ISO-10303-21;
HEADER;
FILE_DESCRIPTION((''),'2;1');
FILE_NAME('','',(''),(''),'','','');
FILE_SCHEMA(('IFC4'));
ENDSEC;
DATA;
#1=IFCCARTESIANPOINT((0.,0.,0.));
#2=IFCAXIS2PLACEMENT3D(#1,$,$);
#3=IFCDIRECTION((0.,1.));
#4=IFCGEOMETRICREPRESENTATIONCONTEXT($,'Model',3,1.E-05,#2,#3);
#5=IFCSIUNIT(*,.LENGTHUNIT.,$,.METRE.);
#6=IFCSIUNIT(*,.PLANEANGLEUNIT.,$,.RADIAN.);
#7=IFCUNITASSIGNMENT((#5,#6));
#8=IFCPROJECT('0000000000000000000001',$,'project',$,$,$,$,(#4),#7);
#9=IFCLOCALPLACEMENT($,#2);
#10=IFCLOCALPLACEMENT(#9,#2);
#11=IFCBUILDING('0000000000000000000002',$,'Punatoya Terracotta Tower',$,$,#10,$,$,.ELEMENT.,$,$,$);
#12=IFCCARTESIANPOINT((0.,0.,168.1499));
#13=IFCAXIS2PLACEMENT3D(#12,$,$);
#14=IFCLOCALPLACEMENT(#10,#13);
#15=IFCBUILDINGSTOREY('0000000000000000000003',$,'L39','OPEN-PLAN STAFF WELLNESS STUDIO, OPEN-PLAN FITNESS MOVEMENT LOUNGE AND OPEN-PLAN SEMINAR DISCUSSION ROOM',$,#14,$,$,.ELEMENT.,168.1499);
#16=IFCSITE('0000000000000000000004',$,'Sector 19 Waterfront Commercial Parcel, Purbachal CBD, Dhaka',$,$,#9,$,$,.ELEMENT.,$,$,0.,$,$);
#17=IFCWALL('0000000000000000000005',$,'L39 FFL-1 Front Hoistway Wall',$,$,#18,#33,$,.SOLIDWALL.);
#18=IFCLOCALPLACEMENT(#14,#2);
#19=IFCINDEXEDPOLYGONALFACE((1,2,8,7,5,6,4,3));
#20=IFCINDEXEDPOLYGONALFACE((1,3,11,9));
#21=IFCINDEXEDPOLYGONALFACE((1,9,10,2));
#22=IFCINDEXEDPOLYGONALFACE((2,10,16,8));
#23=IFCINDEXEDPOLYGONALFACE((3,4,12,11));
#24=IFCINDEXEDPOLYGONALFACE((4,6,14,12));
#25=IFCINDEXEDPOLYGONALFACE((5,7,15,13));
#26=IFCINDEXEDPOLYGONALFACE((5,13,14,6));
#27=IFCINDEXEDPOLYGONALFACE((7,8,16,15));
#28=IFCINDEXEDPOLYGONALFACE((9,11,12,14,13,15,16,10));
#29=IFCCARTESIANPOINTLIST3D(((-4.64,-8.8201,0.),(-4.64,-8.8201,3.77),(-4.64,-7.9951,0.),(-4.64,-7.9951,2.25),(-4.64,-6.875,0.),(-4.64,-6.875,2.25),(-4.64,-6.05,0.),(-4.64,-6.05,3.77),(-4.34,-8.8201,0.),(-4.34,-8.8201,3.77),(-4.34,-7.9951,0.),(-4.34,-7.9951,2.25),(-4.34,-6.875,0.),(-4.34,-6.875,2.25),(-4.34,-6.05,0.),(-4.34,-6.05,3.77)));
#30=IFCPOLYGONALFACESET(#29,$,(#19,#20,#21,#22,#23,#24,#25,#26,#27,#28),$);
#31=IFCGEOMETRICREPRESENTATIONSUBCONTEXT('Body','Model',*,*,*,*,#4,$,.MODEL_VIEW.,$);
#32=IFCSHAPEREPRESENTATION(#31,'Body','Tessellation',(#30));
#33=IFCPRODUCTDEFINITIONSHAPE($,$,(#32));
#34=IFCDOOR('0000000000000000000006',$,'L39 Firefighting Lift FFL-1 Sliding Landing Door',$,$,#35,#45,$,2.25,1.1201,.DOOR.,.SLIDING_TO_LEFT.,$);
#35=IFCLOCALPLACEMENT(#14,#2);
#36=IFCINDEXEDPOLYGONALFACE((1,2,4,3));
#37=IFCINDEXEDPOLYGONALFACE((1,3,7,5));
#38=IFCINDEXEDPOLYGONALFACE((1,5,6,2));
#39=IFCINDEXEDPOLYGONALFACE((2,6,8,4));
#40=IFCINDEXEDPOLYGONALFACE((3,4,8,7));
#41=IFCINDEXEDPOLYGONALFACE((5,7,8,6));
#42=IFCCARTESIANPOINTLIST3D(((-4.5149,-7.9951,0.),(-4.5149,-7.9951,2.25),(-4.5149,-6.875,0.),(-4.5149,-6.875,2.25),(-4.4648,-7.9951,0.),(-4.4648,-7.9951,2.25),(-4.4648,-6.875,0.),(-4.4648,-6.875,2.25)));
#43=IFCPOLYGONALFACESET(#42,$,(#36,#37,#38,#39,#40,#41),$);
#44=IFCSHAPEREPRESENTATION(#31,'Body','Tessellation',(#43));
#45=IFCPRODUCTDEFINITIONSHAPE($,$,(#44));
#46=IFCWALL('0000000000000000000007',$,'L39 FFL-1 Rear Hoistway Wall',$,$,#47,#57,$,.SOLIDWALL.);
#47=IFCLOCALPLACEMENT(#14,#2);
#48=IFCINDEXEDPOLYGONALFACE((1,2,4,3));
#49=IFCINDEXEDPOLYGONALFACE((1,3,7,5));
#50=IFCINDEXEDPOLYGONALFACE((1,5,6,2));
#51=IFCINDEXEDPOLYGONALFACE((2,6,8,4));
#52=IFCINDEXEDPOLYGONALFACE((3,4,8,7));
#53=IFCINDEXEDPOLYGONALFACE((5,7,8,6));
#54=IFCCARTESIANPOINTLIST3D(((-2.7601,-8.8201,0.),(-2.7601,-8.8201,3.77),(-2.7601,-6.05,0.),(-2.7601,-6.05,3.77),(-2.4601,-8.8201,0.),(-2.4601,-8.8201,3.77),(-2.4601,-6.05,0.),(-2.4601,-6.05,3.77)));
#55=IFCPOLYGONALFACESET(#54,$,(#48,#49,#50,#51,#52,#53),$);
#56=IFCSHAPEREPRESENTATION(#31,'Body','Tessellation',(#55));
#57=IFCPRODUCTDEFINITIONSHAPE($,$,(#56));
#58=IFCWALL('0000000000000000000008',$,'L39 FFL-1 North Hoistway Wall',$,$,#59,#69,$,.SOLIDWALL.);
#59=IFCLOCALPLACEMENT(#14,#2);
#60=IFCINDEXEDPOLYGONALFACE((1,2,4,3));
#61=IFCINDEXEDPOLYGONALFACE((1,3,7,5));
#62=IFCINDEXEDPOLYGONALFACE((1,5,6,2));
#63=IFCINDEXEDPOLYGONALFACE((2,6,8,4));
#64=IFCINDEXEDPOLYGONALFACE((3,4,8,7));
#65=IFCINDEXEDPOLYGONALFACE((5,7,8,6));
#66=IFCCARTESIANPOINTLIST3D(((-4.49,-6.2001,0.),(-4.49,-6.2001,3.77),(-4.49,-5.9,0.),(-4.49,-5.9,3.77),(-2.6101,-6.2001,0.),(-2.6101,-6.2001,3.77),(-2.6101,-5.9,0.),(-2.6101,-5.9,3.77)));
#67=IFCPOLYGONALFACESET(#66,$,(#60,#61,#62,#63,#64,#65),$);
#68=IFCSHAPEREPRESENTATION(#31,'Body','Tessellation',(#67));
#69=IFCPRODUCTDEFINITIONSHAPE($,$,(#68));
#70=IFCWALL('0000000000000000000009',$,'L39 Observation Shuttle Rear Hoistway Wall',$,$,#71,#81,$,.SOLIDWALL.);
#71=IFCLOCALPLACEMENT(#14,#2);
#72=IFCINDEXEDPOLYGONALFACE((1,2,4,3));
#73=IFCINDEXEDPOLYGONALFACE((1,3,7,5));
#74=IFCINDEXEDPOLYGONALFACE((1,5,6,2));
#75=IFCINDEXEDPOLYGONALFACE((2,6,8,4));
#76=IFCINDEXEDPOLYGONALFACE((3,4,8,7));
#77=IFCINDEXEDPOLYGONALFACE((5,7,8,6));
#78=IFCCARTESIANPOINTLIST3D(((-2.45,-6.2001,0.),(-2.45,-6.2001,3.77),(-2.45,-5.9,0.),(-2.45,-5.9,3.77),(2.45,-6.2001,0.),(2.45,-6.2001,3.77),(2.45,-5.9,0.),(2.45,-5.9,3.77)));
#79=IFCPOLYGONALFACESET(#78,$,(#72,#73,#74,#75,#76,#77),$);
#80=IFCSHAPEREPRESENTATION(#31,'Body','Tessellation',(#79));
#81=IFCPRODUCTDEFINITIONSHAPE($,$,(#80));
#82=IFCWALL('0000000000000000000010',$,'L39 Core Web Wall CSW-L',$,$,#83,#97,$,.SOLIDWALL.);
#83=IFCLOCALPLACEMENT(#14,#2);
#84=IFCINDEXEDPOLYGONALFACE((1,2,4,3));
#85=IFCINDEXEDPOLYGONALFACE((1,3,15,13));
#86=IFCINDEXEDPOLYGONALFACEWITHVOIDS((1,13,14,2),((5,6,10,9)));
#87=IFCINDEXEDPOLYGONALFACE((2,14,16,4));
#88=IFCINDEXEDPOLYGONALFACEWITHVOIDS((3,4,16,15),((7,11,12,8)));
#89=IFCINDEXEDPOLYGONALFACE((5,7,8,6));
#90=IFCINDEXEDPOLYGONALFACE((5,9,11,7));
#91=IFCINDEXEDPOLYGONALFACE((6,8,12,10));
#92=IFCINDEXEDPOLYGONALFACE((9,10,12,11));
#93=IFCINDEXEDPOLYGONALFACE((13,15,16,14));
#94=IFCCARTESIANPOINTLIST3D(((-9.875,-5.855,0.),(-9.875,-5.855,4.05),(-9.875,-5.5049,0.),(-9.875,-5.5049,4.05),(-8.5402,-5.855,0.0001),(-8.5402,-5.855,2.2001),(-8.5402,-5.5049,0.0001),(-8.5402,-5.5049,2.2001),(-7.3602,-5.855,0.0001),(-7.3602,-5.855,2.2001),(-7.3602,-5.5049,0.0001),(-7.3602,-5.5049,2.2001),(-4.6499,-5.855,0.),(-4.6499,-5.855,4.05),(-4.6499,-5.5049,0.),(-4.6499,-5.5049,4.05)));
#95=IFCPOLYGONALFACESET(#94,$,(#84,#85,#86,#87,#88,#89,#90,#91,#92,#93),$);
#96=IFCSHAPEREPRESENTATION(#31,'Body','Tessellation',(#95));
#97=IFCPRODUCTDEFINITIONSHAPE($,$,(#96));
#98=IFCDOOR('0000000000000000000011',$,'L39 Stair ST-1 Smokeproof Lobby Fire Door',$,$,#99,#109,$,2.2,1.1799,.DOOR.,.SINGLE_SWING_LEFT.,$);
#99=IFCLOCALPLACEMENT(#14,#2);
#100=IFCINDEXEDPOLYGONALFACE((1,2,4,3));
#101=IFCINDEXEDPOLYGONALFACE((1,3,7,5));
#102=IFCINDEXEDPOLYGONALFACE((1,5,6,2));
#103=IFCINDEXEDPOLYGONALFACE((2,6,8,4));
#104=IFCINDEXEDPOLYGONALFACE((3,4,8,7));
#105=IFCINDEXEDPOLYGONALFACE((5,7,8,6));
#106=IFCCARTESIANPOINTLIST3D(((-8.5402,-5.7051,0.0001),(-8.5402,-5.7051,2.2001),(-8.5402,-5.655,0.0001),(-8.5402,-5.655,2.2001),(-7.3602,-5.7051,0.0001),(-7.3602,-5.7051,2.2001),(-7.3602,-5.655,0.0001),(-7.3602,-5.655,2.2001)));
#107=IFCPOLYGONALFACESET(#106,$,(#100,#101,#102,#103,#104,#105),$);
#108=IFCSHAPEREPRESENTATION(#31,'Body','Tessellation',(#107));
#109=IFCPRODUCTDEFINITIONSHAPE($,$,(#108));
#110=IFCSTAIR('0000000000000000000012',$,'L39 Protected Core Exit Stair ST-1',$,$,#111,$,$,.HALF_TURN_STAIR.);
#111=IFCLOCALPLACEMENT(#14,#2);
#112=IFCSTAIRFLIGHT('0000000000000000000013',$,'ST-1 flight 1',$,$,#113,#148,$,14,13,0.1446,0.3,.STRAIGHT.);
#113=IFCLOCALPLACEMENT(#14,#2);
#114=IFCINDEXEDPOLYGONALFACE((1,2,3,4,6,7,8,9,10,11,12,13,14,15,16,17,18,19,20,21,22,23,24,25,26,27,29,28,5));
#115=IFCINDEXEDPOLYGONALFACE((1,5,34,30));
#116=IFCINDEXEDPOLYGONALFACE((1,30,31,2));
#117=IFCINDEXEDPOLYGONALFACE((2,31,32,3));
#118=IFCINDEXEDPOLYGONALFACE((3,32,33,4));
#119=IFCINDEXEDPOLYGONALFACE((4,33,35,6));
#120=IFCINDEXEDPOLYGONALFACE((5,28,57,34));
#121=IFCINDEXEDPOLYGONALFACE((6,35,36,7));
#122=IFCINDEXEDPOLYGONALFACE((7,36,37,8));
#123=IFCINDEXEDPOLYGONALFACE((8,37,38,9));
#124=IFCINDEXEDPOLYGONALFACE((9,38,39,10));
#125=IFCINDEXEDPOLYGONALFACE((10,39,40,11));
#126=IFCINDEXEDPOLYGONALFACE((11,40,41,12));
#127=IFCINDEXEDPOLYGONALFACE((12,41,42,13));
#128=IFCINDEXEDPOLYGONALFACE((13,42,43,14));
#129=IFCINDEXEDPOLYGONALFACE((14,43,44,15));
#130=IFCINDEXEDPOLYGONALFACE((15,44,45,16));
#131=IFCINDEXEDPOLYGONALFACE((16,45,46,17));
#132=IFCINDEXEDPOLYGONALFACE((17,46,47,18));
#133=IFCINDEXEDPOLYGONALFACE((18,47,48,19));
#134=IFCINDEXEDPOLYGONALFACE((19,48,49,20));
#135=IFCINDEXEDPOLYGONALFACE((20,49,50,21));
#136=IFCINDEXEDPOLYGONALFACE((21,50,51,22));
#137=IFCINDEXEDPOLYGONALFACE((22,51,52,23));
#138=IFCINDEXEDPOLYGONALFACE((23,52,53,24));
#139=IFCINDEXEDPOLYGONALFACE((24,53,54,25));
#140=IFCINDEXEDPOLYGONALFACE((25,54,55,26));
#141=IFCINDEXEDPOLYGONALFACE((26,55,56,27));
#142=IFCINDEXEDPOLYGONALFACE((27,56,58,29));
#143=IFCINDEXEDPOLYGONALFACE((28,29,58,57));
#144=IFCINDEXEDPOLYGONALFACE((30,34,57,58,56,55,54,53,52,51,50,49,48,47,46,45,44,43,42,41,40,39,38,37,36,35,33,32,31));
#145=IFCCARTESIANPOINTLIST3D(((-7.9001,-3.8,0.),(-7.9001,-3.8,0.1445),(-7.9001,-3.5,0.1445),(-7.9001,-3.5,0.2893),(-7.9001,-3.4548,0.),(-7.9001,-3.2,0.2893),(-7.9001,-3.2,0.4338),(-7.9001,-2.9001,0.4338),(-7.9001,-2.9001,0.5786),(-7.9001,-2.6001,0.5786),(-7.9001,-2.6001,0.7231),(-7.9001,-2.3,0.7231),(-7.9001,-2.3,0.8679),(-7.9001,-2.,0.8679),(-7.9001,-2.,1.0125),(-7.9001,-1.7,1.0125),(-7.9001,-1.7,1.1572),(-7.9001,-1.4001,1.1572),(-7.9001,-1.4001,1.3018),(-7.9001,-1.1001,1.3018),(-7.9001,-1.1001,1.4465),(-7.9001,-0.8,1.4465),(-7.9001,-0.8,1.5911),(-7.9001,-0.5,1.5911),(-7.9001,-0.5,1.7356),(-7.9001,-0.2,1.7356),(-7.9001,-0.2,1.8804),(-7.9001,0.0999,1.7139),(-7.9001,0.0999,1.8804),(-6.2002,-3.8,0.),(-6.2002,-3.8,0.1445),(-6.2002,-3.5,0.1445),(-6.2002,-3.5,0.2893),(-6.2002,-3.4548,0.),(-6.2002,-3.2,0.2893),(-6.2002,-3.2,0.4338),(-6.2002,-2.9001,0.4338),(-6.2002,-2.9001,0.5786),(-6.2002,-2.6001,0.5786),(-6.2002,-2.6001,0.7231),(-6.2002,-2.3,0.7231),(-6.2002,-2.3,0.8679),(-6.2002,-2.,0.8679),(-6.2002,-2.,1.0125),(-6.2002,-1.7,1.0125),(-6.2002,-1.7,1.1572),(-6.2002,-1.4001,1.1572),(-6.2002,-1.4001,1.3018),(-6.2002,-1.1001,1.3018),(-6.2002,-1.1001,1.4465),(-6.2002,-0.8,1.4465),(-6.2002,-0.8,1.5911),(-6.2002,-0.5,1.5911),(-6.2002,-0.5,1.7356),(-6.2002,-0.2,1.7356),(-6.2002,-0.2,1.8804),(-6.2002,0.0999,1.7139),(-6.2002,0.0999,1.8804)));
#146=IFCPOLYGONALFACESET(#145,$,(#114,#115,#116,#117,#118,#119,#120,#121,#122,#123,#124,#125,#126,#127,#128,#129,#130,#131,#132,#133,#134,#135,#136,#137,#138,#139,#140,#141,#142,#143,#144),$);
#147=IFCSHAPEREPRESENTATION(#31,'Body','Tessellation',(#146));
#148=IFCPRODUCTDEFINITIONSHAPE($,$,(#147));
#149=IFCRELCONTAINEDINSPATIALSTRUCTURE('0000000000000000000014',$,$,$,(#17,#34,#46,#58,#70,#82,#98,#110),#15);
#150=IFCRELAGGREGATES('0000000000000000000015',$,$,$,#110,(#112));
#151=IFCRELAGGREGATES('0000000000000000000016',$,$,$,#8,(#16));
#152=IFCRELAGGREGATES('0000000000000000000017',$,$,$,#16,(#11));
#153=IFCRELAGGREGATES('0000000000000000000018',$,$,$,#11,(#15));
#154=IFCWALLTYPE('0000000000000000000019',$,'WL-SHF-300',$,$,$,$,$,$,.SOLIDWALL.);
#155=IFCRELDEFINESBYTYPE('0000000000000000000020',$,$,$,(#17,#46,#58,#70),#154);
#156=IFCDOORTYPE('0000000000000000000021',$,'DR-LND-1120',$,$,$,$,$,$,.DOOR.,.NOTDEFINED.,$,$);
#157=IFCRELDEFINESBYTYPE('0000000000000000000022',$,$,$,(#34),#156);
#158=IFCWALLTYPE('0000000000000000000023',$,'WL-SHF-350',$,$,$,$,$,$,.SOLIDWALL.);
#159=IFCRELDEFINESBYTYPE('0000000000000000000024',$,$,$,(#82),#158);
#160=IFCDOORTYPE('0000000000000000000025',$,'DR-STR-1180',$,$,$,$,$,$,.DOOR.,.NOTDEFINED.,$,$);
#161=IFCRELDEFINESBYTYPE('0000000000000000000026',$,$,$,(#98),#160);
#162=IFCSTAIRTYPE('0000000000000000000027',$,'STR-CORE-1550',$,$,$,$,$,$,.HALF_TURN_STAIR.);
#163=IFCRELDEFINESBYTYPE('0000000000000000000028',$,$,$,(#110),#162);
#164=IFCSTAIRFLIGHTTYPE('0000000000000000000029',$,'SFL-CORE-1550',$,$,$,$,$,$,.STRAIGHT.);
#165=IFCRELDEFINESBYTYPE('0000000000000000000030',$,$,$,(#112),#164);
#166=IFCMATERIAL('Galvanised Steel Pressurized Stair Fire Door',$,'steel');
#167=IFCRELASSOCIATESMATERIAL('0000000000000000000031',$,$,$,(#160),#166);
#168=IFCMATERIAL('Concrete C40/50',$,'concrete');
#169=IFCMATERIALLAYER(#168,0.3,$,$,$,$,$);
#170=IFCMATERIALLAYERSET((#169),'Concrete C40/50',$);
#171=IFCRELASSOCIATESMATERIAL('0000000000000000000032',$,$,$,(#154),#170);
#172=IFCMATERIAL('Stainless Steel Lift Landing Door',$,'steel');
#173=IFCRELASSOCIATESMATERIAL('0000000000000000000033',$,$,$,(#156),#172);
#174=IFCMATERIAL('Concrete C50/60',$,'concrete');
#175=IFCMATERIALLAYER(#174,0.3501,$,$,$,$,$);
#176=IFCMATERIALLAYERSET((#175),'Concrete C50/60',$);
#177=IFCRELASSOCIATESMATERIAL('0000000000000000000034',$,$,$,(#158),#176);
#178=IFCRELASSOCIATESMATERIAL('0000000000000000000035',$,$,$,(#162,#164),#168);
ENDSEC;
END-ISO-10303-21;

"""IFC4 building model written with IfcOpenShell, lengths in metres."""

from ifc_helpers import new_model, si_unit, direction, frame, frame_2d, origin, place, context, subcontext, project, spatial, polyline, rectangle, outline, extrude, material, layer, layer_set, type_object, element, fill, aggregate, save


model = new_model("IFC4")

# Units and contexts
model_context = context("Model", 3, precision=1e-05, world=origin(), true_north=direction((0.0, 1.0)))
body_context = subcontext(model_context, "Body", "Model", "MODEL_VIEW")
ifc_project = project(units=[si_unit("LENGTHUNIT", "METRE"), si_unit("PLANEANGLEUNIT", "RADIAN")], contexts=[model_context])

# Site, building, storey
site_placement = place(None, origin())
site = spatial("IfcSite", under=ifc_project, at=site_placement, Name="Sector 19 Waterfront Commercial Parcel, Purbachal CBD, Dhaka", CompositionType="ELEMENT", RefElevation=0.0)
building_placement = place(site_placement, origin())
building = spatial("IfcBuilding", under=site, at=building_placement, Name="Punatoya Terracotta Tower", CompositionType="ELEMENT")
storey_placement = place(building_placement, frame((0.0, 0.0, 168.1499)))
storey = spatial("IfcBuildingStorey", under=building, at=storey_placement, Name="L39", Description="OPEN-PLAN STAFF WELLNESS STUDIO, OPEN-PLAN FITNESS MOVEMENT LOUNGE AND OPEN-PLAN SEMINAR DISCUSSION ROOM", CompositionType="ELEMENT", Elevation=168.1499)

# Shared definitions
ifc_material_1 = material(Name="Galvanised Steel Pressurized Stair Fire Door", Category="steel")
door_type_1 = type_object("IfcDoorType", Name="DR-STR-1180", OperationType="NOTDEFINED", PredefinedType="DOOR", material=ifc_material_1)

# Shared definitions
ifc_material_2 = material(Name="Concrete C40/50", Category="concrete")

# Shared definitions
ifc_layer_1 = layer(ifc_material_2, 0.3)
ifc_layer_set_1 = layer_set([ifc_layer_1], Name="Concrete C40/50")
wall_type_1 = type_object("IfcWallType", Name="WL-SHF-300", PredefinedType="SOLIDWALL", material=ifc_layer_set_1)

# Wall, opening, door
wall_1_placement = place(storey_placement, frame((-4.49, -8.8201, 0.0), z_axis=(0.0, 0.0, 1.0), x_axis=(0.0, 1.0, 0.0)))
wall_1 = element("IfcWall", 1, at=wall_1_placement, inside=storey, type_object=wall_type_1, Name="L39 FFL-1 Front Hoistway Wall", PredefinedType="SOLIDWALL", context=body_context, shape_type="SweptSolid", body=[
    extrude(rectangle(XDim=2.77, YDim=0.3, at=frame_2d((1.385, 0.0))), origin(), (0.0, 0.0, 1.0), 3.77),
])
opening_1_placement = place(wall_1_placement, frame((0.825, 0.0, 0.0)))
opening_1 = element("IfcOpeningElement", 2, at=opening_1_placement, cuts=wall_1, PredefinedType="OPENING", context=body_context, shape_type="SweptSolid", body=[
    extrude(rectangle(XDim=1.1201, YDim=2.25, at=frame_2d((0.5601, 1.125))), frame((0.0, 0.1599, 0.0), z_axis=(0.0, -1.0, 0.0), x_axis=(1.0, 0.0, 0.0)), (0.0, 0.0, 1.0), 0.3201),
])
ifc_material_3 = material(Name="Stainless Steel Lift Landing Door", Category="steel")
door_type_2 = type_object("IfcDoorType", Name="DR-LND-1120", OperationType="NOTDEFINED", PredefinedType="DOOR", material=ifc_material_3)
door_1_placement = place(opening_1_placement, origin())
door_1 = element("IfcDoor", 3, at=door_1_placement, inside=storey, type_object=door_type_2, Name="L39 Firefighting Lift FFL-1 Sliding Landing Door", OperationType="SLIDING_TO_LEFT", OverallHeight=2.25, OverallWidth=1.1201, PredefinedType="DOOR", context=body_context, shape_type="SweptSolid", body=[
    extrude(rectangle(XDim=1.1201, YDim=2.25, at=frame_2d((0.5601, 1.125))), frame((0.0, 0.0249, 0.0), z_axis=(0.0, -1.0, 0.0), x_axis=(1.0, 0.0, 0.0)), (0.0, 0.0, 1.0), 0.05),
])
fill(opening_1, door_1)

# Walls
wall_2_placement = place(storey_placement, frame((-2.6101, -8.8201, 0.0), z_axis=(0.0, 0.0, 1.0), x_axis=(0.0, 1.0, 0.0)))
element("IfcWall", 4, at=wall_2_placement, inside=storey, type_object=wall_type_1, Name="L39 FFL-1 Rear Hoistway Wall", PredefinedType="SOLIDWALL", context=body_context, shape_type="SweptSolid", body=[
    extrude(rectangle(XDim=2.77, YDim=0.3, at=frame_2d((1.385, 0.0))), origin(), (0.0, 0.0, 1.0), 3.77),
])
wall_3_placement = place(storey_placement, frame((-4.49, -6.05, 0.0), z_axis=(0.0, 0.0, 1.0), x_axis=(1.0, 0.0, 0.0)))
element("IfcWall", 5, at=wall_3_placement, inside=storey, type_object=wall_type_1, Name="L39 FFL-1 North Hoistway Wall", PredefinedType="SOLIDWALL", context=body_context, shape_type="SweptSolid", body=[
    extrude(rectangle(XDim=1.8799, YDim=0.3, at=frame_2d((0.9399, 0.0))), origin(), (0.0, 0.0, 1.0), 3.77),
])
wall_4_placement = place(storey_placement, frame((-2.45, -6.05, 0.0), z_axis=(0.0, 0.0, 1.0), x_axis=(1.0, 0.0, 0.0)))
element("IfcWall", 6, at=wall_4_placement, inside=storey, type_object=wall_type_1, Name="L39 Observation Shuttle Rear Hoistway Wall", PredefinedType="SOLIDWALL", context=body_context, shape_type="SweptSolid", body=[
    extrude(rectangle(XDim=4.8999, YDim=0.3, at=frame_2d((2.45, 0.0))), origin(), (0.0, 0.0, 1.0), 3.77),
])

# Wall, opening, door
ifc_material_4 = material(Name="Concrete C50/60", Category="concrete")
ifc_layer_2 = layer(ifc_material_4, 0.3501)
ifc_layer_set_2 = layer_set([ifc_layer_2], Name="Concrete C50/60")
wall_type_2 = type_object("IfcWallType", Name="WL-SHF-350", PredefinedType="SOLIDWALL", material=ifc_layer_set_2)
wall_5_placement = place(storey_placement, frame((-9.875, -5.6799, 0.0), z_axis=(0.0, 0.0, 1.0), x_axis=(1.0, 0.0, 0.0)))
wall_5 = element("IfcWall", 7, at=wall_5_placement, inside=storey, type_object=wall_type_2, Name="L39 Core Web Wall CSW-L", PredefinedType="SOLIDWALL", context=body_context, shape_type="SweptSolid", body=[
    extrude(rectangle(XDim=5.2251, YDim=0.3501, at=frame_2d((2.6125, 0.0))), origin(), (0.0, 0.0, 1.0), 4.05),
])
opening_2_placement = place(wall_5_placement, frame((1.335, 0.0, 0.0)))
opening_2 = element("IfcOpeningElement", 8, at=opening_2_placement, cuts=wall_5, PredefinedType="OPENING", context=body_context, shape_type="SweptSolid", body=[
    extrude(rectangle(XDim=1.1799, YDim=2.2, at=frame_2d((0.5898, 1.1001))), frame((0.0, 0.1851, 0.0), z_axis=(0.0, -1.0, 0.0), x_axis=(1.0, 0.0, 0.0)), (0.0, 0.0, 1.0), 0.3701),
])
door_2_placement = place(opening_2_placement, origin())
door_2 = element("IfcDoor", 9, at=door_2_placement, inside=storey, type_object=door_type_1, Name="L39 Stair ST-1 Smokeproof Lobby Fire Door", OperationType="SINGLE_SWING_LEFT", OverallHeight=2.2, OverallWidth=1.1799, PredefinedType="DOOR", context=body_context, shape_type="SweptSolid", body=[
    extrude(rectangle(XDim=1.1799, YDim=2.2, at=frame_2d((0.5898, 1.1001))), frame((0.0, 0.0249, 0.0), z_axis=(0.0, -1.0, 0.0), x_axis=(1.0, 0.0, 0.0)), (0.0, 0.0, 1.0), 0.05),
])
fill(opening_2, door_2)

# Stair, stair flight
stair_type = type_object("IfcStairType", Name="STR-CORE-1550", PredefinedType="HALF_TURN_STAIR", material=ifc_material_2)
stair_placement = place(storey_placement, origin())
stair = element("IfcStair", 10, at=stair_placement, inside=storey, type_object=stair_type, Name="L39 Protected Core Exit Stair ST-1", PredefinedType="HALF_TURN_STAIR")
stair_flight_type = type_object("IfcStairFlightType", Name="SFL-CORE-1550", PredefinedType="STRAIGHT", material=ifc_material_2)
stair_flight_1_placement = place(storey_placement, frame((-7.05, -3.8, 0.0), z_axis=(0.0, 0.0, 1.0), x_axis=(0.0, 1.0, 0.0)))
stair_flight_1 = element("IfcStairFlight", 11, at=stair_flight_1_placement, type_object=stair_flight_type, Name="ST-1 flight 1", NumberOfRisers=14, NumberOfTreads=13, PredefinedType="STRAIGHT", RiserHeight=0.1446, TreadLength=0.3, context=body_context, shape_type="SweptSolid", body=[
    extrude(outline(polyline([(0.0, 0.0), (0.0, 0.1445), (0.3, 0.1445), (0.3, 0.2893), (0.6001, 0.2893), (0.6001, 0.4338), (0.8999, 0.4338), (0.8999, 0.5786), (1.2, 0.5786), (1.2, 0.7231), (1.5, 0.7231), (1.5, 0.8679), (1.8, 0.8679), (1.8, 1.0125), (2.1001, 1.0125), (2.1001, 1.1572), (2.3999, 1.1572), (2.3999, 1.3018), (2.7, 1.3018), (2.7, 1.4465), (3.0, 1.4465), (3.0, 1.5911), (3.3, 1.5911), (3.3, 1.7356), (3.6001, 1.7356), (3.6001, 1.8804), (3.8999, 1.8804), (3.8999, 2.0249), (3.8999, 1.7139), (0.3452, 0.0), (0.0, 0.0)])), frame((0.0, 0.8501, 0.0), z_axis=(0.0, -1.0, 0.0), x_axis=(1.0, 0.0, 0.0)), (0.0, 0.0, 1.0), 1.7),
])
aggregate(stair, [stair_flight_1])

save(model, "model.ifc")
